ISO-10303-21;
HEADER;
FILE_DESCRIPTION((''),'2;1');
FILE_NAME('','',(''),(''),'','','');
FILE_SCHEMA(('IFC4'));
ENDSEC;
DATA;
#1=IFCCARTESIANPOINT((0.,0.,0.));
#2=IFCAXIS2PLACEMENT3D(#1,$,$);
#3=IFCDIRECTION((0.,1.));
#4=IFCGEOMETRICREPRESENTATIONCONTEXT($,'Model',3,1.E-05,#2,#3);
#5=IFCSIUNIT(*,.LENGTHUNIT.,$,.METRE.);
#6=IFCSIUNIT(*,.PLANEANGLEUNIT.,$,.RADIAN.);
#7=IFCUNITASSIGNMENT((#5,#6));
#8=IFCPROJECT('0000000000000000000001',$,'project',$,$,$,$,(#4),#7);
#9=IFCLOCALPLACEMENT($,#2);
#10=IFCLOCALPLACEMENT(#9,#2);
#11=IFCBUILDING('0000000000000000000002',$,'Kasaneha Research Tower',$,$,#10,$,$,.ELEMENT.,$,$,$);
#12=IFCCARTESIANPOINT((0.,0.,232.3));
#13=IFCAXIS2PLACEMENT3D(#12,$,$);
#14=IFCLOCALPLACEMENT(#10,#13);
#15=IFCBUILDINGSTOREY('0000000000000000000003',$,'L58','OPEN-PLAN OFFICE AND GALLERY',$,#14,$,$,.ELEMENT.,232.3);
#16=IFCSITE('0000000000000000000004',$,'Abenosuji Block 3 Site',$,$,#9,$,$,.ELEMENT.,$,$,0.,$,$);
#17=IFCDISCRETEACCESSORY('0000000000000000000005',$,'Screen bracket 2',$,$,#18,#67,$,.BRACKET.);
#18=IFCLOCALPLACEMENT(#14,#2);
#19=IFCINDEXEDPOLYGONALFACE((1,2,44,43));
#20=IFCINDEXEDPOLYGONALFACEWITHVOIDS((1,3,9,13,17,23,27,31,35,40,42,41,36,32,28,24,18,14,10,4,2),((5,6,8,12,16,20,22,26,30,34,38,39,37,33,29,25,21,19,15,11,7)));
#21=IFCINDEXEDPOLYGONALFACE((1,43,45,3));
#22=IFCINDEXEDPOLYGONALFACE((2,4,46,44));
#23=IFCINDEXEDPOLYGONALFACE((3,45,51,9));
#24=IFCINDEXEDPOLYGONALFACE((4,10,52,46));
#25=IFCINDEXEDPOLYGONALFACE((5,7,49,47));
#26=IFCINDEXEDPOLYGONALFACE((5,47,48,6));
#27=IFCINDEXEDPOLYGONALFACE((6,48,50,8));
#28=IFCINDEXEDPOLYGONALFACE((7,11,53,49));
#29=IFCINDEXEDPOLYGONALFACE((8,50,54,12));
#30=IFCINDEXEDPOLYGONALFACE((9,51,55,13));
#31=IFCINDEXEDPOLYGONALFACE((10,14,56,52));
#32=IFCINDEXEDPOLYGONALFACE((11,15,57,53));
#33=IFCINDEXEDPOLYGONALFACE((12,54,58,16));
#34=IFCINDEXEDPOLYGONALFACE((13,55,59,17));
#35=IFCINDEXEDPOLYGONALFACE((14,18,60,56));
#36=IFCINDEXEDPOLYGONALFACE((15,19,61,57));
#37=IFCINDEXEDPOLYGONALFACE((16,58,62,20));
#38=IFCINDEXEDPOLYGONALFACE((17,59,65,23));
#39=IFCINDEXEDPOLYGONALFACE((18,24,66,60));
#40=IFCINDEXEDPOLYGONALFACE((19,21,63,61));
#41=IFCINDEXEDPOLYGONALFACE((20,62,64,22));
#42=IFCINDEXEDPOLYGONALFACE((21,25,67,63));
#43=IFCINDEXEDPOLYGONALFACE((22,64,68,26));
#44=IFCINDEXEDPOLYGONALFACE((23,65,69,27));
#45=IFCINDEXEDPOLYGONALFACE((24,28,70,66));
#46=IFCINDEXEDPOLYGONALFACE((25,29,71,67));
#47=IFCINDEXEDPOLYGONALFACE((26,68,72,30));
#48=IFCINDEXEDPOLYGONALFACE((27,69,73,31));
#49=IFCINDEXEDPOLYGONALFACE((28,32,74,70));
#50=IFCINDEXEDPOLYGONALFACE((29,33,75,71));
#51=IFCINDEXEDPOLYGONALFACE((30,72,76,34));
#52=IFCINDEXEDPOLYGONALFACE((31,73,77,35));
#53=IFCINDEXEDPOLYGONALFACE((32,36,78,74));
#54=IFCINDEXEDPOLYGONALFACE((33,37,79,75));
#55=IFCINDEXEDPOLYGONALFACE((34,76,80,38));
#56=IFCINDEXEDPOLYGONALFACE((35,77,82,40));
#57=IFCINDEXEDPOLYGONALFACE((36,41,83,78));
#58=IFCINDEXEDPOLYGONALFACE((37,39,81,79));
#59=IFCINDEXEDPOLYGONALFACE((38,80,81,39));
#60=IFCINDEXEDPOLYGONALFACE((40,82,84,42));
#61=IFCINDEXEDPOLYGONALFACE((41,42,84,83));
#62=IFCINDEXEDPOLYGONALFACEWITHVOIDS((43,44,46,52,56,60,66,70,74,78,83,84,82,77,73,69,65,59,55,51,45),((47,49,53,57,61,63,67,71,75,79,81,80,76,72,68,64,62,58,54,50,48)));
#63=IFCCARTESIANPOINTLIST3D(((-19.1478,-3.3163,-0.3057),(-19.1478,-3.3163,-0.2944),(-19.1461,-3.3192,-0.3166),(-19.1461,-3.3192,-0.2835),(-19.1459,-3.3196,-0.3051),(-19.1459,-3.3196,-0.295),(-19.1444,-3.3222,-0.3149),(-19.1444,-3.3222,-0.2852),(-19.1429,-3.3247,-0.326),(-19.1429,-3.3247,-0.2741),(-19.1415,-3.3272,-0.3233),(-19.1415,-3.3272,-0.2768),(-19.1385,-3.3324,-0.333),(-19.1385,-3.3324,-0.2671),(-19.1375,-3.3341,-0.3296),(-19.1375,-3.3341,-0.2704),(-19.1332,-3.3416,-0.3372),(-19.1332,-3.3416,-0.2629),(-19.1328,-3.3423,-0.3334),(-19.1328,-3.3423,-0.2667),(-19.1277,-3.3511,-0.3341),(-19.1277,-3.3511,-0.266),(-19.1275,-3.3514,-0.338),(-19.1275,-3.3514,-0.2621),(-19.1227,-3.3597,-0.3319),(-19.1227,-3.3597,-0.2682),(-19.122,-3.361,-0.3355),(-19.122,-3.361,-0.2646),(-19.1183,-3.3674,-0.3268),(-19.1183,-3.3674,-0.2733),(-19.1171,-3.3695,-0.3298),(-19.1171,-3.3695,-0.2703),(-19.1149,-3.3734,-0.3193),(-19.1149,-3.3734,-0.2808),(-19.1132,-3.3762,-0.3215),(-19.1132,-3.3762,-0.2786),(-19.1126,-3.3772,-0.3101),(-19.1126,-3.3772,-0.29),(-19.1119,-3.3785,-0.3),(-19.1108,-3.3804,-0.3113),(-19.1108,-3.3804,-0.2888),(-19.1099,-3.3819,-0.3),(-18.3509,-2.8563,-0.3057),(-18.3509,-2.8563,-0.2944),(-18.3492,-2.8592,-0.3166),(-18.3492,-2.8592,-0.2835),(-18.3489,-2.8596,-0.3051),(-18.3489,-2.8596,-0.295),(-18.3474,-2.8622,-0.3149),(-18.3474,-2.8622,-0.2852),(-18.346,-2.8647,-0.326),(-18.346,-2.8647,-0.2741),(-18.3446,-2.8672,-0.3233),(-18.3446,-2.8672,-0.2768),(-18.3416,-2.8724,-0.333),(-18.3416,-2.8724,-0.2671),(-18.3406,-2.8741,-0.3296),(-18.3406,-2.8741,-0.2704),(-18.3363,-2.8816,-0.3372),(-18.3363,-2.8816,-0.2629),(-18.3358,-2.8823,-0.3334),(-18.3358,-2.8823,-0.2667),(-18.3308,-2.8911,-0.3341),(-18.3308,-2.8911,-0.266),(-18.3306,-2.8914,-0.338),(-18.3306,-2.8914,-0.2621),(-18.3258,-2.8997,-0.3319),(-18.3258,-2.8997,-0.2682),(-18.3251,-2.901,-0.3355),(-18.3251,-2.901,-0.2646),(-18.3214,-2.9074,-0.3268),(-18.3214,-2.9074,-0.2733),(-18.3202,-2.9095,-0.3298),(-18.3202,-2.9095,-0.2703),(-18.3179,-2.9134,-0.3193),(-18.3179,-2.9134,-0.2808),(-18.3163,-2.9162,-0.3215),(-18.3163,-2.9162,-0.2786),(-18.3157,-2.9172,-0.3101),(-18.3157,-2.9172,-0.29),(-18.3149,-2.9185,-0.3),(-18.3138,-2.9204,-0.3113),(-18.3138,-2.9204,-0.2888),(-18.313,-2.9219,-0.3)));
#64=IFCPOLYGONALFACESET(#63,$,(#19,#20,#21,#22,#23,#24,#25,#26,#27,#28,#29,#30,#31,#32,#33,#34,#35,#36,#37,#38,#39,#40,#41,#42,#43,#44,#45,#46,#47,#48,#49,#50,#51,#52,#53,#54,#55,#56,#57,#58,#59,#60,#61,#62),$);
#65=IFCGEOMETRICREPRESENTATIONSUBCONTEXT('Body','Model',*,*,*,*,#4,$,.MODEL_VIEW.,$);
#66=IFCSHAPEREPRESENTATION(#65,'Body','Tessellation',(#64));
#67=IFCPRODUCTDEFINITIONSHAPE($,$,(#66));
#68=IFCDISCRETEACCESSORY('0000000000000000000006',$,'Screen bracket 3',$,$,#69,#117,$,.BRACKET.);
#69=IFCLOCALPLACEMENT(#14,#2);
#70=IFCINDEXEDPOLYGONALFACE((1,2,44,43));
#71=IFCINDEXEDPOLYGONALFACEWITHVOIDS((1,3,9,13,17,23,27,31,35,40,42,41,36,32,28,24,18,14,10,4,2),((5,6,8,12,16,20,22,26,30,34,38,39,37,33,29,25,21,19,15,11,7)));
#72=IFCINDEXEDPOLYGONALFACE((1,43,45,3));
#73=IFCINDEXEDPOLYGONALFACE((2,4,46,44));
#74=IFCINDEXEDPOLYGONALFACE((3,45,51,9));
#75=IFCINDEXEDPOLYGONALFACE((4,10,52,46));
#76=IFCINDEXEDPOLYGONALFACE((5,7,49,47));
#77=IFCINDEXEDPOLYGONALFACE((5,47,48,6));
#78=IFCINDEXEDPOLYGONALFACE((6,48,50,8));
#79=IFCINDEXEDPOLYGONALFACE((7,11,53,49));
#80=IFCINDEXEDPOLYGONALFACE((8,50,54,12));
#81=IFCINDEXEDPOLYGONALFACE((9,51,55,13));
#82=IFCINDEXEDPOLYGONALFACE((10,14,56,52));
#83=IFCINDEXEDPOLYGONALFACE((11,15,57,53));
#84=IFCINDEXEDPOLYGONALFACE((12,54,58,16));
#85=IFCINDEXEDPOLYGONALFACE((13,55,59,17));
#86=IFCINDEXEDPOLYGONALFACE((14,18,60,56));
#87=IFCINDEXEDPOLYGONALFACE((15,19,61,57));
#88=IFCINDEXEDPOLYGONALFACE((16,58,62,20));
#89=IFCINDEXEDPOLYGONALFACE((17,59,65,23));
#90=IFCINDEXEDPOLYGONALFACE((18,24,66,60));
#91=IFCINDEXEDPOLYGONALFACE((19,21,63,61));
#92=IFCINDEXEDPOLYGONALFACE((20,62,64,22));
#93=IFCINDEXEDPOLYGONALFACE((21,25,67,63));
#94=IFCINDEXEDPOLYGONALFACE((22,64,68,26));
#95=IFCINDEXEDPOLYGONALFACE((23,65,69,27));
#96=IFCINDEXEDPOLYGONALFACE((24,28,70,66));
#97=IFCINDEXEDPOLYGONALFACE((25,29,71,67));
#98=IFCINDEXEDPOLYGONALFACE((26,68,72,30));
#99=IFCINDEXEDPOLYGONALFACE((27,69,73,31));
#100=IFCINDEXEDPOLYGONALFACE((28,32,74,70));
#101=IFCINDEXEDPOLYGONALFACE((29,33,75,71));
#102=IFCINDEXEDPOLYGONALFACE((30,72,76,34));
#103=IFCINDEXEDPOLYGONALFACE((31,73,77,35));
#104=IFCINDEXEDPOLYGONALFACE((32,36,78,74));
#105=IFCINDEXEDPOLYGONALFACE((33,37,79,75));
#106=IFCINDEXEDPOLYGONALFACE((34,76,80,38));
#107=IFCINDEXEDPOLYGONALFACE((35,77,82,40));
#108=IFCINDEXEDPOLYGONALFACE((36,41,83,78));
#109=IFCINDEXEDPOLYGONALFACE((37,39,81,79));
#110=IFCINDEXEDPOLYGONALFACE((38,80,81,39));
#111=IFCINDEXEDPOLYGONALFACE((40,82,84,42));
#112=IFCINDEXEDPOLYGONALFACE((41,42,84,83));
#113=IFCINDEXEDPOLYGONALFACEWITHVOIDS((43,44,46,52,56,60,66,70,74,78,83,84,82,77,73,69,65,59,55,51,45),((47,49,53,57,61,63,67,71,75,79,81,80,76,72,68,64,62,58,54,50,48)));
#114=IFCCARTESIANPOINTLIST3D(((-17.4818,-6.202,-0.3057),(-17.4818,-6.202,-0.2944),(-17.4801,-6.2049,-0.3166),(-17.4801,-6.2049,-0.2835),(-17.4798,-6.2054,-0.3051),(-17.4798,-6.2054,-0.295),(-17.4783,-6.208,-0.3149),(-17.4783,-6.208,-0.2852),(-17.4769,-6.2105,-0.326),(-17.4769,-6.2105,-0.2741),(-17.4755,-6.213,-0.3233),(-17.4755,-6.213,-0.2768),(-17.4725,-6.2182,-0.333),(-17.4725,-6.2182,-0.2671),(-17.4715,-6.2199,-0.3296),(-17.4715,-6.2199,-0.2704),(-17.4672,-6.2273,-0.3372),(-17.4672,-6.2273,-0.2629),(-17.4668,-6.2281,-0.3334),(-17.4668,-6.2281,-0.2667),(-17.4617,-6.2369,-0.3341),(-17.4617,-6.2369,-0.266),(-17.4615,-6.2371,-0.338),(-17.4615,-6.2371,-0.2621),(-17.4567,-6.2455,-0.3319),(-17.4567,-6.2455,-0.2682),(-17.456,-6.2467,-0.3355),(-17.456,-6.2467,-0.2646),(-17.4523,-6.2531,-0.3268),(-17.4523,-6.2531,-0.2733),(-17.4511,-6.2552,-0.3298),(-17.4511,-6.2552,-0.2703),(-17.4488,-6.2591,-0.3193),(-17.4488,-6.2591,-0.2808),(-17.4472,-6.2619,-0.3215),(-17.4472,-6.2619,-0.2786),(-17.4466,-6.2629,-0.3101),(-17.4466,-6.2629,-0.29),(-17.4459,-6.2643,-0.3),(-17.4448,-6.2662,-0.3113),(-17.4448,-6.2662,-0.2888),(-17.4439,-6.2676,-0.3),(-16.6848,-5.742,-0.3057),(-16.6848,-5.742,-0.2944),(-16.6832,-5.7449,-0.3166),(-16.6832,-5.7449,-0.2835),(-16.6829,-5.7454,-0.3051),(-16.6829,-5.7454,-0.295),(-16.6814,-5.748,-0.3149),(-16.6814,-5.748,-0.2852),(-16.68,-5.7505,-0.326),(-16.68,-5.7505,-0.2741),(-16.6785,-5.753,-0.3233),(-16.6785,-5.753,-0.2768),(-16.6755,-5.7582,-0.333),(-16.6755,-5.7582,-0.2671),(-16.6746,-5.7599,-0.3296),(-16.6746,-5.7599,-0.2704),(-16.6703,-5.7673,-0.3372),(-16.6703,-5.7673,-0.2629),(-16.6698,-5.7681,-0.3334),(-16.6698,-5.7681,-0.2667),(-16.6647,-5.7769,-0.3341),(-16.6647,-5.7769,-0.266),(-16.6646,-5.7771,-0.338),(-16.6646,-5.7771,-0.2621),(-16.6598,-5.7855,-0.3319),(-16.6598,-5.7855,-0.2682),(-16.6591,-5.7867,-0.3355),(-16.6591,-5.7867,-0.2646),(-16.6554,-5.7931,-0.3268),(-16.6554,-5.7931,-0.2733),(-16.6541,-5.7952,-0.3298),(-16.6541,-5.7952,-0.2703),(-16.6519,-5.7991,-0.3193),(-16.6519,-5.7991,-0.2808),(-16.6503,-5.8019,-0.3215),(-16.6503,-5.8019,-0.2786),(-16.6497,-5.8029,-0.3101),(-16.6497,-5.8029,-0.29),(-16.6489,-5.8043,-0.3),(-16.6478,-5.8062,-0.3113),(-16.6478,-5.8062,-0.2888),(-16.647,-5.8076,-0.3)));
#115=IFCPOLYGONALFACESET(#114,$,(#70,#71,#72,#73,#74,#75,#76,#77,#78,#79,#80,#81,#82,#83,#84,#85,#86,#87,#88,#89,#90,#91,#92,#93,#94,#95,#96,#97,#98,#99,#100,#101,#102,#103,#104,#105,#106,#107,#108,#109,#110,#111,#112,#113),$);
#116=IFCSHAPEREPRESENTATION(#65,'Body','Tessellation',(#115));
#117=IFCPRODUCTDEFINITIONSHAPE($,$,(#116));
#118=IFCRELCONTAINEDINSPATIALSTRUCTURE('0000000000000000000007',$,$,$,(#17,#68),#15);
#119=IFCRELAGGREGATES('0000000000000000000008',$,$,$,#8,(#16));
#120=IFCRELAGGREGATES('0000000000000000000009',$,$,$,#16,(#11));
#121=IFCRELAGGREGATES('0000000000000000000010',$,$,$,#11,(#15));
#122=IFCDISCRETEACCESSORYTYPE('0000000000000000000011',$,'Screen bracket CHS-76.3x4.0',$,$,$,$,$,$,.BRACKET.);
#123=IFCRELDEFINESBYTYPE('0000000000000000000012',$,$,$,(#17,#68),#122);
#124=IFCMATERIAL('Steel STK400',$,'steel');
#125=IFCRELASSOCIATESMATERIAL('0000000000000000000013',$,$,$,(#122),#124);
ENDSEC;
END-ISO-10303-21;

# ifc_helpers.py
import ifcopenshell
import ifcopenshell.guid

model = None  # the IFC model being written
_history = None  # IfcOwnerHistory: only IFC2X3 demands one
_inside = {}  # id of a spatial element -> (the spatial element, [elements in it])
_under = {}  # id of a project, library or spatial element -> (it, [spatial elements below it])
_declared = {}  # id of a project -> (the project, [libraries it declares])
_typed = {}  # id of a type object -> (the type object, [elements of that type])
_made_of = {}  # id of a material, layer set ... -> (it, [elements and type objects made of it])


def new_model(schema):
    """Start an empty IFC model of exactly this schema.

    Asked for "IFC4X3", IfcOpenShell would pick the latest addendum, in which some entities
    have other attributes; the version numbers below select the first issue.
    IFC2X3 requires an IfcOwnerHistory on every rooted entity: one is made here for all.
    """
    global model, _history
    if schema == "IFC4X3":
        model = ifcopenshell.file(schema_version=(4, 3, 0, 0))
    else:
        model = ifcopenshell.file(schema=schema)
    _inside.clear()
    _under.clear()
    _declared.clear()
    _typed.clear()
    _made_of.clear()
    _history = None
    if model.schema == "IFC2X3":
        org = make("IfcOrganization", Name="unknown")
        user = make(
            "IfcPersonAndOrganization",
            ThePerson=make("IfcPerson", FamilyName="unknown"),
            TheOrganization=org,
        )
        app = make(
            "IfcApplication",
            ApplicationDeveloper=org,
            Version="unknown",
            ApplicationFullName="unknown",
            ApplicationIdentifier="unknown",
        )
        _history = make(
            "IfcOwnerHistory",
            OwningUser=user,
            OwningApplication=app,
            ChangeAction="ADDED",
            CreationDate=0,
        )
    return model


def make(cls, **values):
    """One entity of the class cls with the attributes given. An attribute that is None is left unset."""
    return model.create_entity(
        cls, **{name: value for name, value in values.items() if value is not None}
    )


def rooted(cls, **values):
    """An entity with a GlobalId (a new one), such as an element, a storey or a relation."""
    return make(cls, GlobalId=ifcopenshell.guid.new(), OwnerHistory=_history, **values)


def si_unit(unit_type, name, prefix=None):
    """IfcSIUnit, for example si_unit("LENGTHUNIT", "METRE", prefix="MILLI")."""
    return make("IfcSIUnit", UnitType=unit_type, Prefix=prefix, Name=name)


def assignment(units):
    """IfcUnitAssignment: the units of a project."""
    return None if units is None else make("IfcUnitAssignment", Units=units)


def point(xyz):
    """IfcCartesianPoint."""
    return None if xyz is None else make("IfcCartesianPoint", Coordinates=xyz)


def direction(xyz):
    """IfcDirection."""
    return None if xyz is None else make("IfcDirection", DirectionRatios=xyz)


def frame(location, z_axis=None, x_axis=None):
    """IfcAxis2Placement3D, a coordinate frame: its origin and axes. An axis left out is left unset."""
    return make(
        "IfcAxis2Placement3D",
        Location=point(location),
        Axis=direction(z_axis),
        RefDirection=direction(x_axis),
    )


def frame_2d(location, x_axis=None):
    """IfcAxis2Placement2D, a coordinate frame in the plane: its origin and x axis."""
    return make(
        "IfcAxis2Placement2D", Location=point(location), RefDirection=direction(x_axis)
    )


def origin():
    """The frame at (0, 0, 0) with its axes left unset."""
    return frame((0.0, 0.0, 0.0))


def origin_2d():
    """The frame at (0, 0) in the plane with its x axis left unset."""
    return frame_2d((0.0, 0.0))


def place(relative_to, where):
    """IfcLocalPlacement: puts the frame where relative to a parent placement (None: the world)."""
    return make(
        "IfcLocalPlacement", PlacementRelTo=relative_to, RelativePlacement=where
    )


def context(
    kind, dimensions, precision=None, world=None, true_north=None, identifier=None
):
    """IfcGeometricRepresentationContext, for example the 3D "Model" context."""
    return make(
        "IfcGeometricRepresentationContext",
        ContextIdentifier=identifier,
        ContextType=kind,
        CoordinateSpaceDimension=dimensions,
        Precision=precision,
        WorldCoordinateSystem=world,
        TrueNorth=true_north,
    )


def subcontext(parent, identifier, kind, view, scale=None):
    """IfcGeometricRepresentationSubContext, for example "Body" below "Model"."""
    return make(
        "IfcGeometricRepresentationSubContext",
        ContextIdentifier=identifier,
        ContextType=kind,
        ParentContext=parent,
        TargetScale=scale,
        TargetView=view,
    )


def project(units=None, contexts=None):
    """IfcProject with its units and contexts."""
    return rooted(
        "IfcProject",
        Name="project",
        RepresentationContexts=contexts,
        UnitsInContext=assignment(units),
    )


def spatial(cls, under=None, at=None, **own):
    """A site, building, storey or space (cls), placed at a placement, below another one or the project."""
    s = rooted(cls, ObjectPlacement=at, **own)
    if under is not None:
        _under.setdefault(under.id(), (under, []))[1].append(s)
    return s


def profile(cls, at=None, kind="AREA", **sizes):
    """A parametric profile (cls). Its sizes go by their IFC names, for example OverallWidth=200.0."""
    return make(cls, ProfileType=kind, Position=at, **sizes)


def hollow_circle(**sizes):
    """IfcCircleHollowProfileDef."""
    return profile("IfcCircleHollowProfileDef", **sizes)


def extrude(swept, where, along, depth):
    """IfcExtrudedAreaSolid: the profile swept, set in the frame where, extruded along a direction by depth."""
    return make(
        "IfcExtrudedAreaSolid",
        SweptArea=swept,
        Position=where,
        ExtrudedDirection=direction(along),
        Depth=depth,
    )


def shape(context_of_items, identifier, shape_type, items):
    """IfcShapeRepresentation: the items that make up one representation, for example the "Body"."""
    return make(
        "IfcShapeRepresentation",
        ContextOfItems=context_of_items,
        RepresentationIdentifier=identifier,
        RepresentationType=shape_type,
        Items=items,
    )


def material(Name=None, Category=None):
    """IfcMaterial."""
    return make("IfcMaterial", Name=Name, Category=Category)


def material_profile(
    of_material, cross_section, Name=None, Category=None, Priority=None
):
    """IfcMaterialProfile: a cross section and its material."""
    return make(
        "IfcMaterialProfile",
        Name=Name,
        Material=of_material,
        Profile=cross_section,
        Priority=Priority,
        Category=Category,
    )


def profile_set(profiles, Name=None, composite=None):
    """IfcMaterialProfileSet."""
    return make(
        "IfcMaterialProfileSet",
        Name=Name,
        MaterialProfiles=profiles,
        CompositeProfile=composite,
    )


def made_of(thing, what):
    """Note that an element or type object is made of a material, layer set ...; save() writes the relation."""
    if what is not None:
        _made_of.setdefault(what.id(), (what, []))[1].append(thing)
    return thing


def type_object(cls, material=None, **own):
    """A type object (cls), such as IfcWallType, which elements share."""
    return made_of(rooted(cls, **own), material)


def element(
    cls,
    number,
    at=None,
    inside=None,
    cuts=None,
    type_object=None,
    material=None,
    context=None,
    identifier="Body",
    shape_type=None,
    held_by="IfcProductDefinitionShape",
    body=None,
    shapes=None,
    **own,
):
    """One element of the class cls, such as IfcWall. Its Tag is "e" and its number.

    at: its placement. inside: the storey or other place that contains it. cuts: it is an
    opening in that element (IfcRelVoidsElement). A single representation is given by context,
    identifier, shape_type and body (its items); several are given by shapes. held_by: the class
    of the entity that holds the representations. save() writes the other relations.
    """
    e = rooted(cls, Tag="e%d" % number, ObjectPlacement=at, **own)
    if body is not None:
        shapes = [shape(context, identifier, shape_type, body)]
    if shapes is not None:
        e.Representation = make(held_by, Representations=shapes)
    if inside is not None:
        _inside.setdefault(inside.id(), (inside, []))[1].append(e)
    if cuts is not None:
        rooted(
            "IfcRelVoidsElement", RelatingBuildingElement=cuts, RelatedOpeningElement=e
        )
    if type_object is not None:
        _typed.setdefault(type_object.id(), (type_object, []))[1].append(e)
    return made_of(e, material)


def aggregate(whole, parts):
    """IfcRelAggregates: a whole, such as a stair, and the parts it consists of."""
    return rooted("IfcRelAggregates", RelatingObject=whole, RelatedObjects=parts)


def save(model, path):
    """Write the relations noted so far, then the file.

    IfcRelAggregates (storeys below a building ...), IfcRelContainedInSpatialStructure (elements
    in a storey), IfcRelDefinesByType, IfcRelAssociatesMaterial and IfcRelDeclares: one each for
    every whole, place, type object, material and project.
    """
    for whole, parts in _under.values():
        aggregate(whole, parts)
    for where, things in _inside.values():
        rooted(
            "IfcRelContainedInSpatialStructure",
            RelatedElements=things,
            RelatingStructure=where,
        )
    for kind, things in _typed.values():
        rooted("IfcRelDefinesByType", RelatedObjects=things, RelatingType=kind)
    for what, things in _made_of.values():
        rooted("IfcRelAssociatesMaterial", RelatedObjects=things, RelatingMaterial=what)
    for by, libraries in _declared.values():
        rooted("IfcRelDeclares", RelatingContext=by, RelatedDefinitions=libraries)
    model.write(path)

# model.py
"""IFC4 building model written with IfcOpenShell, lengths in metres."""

from ifc_helpers import new_model, si_unit, direction, frame, origin, origin_2d, place, context, subcontext, project, spatial, hollow_circle, extrude, material, material_profile, profile_set, type_object, element, save


model = new_model("IFC4")

# Units and contexts
model_context = context("Model", 3, precision=1e-05, world=origin(), true_north=direction((0.0, 1.0)))
body_context = subcontext(model_context, "Body", "Model", "MODEL_VIEW")
ifc_project = project(units=[si_unit("LENGTHUNIT", "METRE"), si_unit("PLANEANGLEUNIT", "RADIAN")], contexts=[model_context])

# Site, building, storey
site_placement = place(None, origin())
site = spatial("IfcSite", under=ifc_project, at=site_placement, Name="Abenosuji Block 3 Site", CompositionType="ELEMENT", RefElevation=0.0)
building_placement = place(site_placement, origin())
building = spatial("IfcBuilding", under=site, at=building_placement, Name="Kasaneha Research Tower", CompositionType="ELEMENT")
storey_placement = place(building_placement, frame((0.0, 0.0, 232.3)))
storey = spatial("IfcBuildingStorey", under=building, at=storey_placement, Name="L58", Description="OPEN-PLAN OFFICE AND GALLERY", CompositionType="ELEMENT", Elevation=232.3)

# Discrete accessories
ifc_material_1 = material(Name="Steel STK400", Category="steel")
ifc_material_profile_1 = material_profile(ifc_material_1, hollow_circle(Radius=0.0381, WallThickness=0.0039, at=origin_2d()), Name="CHS-76.3x4.0")
ifc_profile_set_1 = profile_set([ifc_material_profile_1], Name="Steel STK400")
discrete_accessory_type = type_object("IfcDiscreteAccessoryType", Name="Screen bracket CHS-76.3x4.0", PredefinedType="BRACKET", material=ifc_profile_set_1)
for number, where, z_axis, x_axis, name in (
    (1, (-18.332, -2.8889, -0.3), (-0.86608, -0.499906, 0.0), (0.499906, -0.86608, 0.0), "Screen bracket 2"),
    (2, (-16.666, -5.7747, -0.3), (-0.86608, -0.499906, 0.0), (0.499906, -0.86608, 0.0), "Screen bracket 3"),
):
    element("IfcDiscreteAccessory", number, at=place(storey_placement, frame(where, z_axis=z_axis, x_axis=x_axis)), inside=storey, type_object=discrete_accessory_type, Name=name, PredefinedType="BRACKET", context=body_context, shape_type="SweptSolid", body=[
        extrude(hollow_circle(Radius=0.0381, WallThickness=0.0039, at=origin_2d()), origin(), (0.0, 0.0, 1.0), 0.9202),
    ])

save(model, "model.ifc")
